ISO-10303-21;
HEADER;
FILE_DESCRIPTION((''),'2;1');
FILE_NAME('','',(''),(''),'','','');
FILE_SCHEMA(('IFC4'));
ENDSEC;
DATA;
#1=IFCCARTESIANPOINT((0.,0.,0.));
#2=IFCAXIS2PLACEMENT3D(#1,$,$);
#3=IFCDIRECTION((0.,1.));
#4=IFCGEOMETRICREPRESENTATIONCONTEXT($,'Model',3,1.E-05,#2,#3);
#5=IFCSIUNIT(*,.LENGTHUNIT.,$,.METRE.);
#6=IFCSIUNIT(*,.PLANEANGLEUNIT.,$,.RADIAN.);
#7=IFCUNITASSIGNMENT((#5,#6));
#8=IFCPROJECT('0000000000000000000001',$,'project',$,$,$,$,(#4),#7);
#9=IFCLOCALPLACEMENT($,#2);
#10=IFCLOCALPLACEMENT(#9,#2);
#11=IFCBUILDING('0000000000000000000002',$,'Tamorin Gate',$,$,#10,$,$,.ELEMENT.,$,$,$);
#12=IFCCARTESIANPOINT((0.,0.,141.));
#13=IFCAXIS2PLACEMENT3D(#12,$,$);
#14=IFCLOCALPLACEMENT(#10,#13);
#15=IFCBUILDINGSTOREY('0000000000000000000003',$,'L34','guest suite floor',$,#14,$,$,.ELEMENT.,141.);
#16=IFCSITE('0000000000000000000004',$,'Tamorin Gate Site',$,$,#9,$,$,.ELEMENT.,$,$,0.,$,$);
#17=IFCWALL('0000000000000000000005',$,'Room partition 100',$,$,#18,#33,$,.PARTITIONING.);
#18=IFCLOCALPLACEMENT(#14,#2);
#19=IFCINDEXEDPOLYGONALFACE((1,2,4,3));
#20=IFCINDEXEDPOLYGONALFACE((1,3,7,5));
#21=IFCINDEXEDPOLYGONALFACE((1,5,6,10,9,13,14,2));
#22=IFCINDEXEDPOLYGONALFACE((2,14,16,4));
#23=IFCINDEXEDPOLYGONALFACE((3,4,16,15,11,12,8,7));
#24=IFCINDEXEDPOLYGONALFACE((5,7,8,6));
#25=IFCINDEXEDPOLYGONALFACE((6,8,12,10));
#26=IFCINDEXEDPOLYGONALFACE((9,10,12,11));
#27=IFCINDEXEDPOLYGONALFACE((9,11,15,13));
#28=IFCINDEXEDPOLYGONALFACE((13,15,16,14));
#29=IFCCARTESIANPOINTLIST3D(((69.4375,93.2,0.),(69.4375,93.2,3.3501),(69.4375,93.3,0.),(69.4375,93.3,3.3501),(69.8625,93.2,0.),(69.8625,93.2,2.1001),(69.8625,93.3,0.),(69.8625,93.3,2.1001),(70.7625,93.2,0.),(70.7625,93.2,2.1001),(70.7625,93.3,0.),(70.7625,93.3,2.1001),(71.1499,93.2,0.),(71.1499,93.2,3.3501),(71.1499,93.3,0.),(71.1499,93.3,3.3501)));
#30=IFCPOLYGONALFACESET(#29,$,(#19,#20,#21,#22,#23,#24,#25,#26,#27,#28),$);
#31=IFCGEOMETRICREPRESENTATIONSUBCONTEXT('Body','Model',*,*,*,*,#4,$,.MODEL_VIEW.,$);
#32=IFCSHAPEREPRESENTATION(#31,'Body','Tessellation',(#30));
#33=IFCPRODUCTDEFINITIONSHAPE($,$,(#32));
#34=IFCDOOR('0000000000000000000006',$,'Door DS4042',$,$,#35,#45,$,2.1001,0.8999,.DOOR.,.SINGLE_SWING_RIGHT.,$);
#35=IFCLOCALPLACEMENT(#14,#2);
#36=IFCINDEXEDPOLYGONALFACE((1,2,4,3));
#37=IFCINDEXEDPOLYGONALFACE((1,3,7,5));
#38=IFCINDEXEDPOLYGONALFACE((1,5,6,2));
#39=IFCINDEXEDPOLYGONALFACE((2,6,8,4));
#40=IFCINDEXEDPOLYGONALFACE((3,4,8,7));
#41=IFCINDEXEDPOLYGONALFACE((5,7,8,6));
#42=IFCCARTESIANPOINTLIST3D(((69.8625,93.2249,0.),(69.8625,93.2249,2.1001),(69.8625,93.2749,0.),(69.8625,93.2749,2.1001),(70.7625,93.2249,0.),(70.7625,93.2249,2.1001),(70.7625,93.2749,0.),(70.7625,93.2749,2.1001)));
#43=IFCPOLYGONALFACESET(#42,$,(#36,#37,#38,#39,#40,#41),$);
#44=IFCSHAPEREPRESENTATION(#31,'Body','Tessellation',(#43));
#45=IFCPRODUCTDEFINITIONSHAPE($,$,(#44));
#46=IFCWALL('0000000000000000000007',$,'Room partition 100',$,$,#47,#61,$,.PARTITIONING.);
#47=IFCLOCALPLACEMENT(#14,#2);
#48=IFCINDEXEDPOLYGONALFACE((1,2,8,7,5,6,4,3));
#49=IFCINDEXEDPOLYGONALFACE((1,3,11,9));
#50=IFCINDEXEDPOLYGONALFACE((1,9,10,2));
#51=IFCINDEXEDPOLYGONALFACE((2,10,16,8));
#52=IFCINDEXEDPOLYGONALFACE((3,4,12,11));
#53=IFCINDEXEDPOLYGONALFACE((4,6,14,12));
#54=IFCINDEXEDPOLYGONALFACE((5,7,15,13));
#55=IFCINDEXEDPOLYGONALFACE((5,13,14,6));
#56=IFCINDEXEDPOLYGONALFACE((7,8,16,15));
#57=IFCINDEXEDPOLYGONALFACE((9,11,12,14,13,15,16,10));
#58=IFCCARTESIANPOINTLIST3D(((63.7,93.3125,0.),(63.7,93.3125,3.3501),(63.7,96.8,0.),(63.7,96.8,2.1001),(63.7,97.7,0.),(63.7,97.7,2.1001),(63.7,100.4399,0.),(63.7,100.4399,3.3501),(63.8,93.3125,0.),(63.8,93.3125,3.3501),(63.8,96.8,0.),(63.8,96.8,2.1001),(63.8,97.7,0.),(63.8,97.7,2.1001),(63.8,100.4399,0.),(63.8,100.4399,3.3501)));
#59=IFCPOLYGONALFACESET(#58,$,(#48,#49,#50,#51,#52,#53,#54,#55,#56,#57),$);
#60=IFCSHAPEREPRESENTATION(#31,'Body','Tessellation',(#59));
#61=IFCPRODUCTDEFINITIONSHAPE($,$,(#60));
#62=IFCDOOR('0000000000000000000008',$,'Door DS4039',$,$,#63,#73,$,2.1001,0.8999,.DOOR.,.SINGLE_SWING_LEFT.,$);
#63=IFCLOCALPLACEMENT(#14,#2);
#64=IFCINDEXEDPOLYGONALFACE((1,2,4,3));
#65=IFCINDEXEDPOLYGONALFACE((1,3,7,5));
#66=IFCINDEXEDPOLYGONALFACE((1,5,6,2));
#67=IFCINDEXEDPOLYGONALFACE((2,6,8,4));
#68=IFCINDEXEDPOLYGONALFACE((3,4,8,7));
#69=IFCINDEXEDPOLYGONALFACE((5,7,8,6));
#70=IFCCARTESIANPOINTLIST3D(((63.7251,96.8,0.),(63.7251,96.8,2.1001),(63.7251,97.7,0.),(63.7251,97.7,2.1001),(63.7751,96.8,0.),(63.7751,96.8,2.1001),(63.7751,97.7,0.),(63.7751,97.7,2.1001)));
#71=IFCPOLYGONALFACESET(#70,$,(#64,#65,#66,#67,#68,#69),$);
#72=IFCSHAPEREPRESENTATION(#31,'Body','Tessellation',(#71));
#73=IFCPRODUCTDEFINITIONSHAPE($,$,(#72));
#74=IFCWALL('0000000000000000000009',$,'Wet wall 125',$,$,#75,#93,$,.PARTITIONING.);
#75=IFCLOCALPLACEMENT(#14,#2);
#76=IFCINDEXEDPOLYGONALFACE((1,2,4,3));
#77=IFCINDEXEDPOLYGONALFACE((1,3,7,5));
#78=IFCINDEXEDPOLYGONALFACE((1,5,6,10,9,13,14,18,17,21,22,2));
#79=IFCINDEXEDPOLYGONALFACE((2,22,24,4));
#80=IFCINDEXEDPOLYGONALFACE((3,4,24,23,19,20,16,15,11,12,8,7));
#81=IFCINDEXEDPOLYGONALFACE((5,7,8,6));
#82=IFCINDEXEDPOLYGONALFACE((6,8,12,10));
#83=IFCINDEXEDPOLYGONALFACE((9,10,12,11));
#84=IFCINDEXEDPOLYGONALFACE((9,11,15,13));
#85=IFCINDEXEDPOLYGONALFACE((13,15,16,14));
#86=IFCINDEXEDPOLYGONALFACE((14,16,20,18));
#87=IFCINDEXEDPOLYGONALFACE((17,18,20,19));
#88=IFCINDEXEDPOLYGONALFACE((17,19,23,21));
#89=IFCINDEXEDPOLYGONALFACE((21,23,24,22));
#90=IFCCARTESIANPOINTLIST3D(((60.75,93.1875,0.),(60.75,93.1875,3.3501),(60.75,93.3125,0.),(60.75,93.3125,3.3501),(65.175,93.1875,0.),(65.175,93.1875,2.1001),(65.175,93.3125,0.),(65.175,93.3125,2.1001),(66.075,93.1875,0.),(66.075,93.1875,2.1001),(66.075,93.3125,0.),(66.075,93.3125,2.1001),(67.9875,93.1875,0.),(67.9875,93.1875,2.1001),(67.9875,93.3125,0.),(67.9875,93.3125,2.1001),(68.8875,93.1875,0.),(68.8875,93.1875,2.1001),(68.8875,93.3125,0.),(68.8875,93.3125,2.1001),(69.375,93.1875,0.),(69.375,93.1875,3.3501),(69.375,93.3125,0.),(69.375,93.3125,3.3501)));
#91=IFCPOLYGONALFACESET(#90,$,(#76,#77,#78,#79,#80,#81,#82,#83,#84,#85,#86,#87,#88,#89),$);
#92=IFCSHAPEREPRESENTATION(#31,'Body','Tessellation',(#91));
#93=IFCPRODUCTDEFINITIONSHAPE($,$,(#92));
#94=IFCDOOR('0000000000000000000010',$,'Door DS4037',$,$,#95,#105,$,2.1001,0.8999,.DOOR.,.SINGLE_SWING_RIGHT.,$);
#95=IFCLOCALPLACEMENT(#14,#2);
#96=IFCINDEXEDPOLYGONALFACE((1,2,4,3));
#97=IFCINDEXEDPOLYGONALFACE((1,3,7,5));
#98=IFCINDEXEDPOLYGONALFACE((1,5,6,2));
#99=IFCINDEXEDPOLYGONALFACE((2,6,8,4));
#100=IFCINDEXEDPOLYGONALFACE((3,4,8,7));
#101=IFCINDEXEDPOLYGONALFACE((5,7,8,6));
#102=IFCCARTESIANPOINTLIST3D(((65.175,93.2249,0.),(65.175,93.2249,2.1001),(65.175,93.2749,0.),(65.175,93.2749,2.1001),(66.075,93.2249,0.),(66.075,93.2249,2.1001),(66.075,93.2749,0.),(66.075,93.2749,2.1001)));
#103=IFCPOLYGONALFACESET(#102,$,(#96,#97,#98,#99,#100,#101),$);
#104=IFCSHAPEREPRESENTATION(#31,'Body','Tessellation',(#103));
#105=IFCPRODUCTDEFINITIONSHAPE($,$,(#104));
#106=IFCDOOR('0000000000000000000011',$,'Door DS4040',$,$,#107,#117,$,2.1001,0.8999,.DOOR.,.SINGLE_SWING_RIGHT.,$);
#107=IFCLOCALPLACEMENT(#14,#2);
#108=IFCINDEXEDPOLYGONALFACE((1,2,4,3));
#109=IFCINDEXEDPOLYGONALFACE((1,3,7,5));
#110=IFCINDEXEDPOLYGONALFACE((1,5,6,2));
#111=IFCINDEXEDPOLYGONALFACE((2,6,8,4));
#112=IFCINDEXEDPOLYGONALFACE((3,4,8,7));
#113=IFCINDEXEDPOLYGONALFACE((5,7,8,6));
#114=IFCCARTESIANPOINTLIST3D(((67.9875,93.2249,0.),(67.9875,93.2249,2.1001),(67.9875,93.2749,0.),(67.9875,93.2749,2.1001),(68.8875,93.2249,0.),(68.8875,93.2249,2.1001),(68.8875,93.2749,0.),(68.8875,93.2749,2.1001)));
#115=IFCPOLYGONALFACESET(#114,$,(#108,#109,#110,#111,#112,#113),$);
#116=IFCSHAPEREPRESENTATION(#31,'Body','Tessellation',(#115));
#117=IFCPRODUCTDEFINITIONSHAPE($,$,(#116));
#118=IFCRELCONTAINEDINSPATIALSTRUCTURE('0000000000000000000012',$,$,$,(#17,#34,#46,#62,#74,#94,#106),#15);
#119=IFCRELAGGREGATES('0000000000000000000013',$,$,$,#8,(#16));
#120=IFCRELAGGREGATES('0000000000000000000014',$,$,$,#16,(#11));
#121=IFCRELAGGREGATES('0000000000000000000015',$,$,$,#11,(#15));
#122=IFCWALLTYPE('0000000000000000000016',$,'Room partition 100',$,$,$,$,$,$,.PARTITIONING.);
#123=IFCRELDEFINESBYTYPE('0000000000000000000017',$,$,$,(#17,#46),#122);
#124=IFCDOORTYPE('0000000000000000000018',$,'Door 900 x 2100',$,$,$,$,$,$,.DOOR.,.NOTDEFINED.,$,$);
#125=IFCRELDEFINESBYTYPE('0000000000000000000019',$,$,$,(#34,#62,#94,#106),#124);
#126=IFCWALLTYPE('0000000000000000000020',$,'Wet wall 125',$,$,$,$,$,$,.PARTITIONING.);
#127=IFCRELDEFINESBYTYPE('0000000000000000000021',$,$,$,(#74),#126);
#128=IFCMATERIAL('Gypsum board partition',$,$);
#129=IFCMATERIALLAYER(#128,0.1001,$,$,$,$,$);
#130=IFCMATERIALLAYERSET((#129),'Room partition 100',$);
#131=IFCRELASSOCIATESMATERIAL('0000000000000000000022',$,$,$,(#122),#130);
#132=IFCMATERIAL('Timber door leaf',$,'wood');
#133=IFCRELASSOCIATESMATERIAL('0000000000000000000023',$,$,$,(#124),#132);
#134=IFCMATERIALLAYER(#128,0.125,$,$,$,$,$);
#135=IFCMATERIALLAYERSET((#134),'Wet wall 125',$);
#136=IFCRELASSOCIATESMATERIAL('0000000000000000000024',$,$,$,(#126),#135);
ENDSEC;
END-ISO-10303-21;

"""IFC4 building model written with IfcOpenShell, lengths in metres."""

from ifc_helpers import new_model, si_unit, direction, frame, frame_2d, origin, place, context, subcontext, project, spatial, rectangle, extrude, material, layer, layer_set, type_object, element, fill, save


model = new_model("IFC4")

# Units and contexts
model_context = context("Model", 3, precision=1e-05, world=origin(), true_north=direction((0.0, 1.0)))
body_context = subcontext(model_context, "Body", "Model", "MODEL_VIEW")
ifc_project = project(units=[si_unit("LENGTHUNIT", "METRE"), si_unit("PLANEANGLEUNIT", "RADIAN")], contexts=[model_context])

# Site, building, storey
site_placement = place(None, origin())
site = spatial("IfcSite", under=ifc_project, at=site_placement, Name="Tamorin Gate Site", CompositionType="ELEMENT", RefElevation=0.0)
building_placement = place(site_placement, origin())
building = spatial("IfcBuilding", under=site, at=building_placement, Name="Tamorin Gate", CompositionType="ELEMENT")
storey_placement = place(building_placement, frame((0.0, 0.0, 141.0)))
storey = spatial("IfcBuildingStorey", under=building, at=storey_placement, Name="L34", Description="guest suite floor", CompositionType="ELEMENT", Elevation=141.0)

# Walls, openings, doors
ifc_material_1 = material(Name="Gypsum board partition")
ifc_layer_1 = layer(ifc_material_1, 0.1001)
ifc_layer_set_1 = layer_set([ifc_layer_1], Name="Room partition 100")
wall_type_1 = type_object("IfcWallType", Name="Room partition 100", PredefinedType="PARTITIONING", material=ifc_layer_set_1)
wall_1_placement = place(storey_placement, frame((69.4375, 93.25, 0.0), z_axis=(0.0, 0.0, 1.0), x_axis=(1.0, 0.0, 0.0)))
wall_1 = element("IfcWall", 1, at=wall_1_placement, inside=storey, type_object=wall_type_1, Name="Room partition 100", PredefinedType="PARTITIONING", context=body_context, shape_type="SweptSolid", body=[
    extrude(rectangle(XDim=1.7124, YDim=0.1001, at=frame_2d((0.8562, 0.0))), origin(), (0.0, 0.0, 1.0), 3.3501),
])
opening_1_placement = place(wall_1_placement, frame((0.425, 0.0, 0.0)))
opening_1 = element("IfcOpeningElement", 2, at=opening_1_placement, cuts=wall_1, PredefinedType="OPENING", context=body_context, shape_type="SweptSolid", body=[
    extrude(rectangle(XDim=0.8999, YDim=2.1001, at=frame_2d((0.45, 1.05))), frame((0.0, 0.0601, 0.0), z_axis=(0.0, -1.0, 0.0), x_axis=(1.0, 0.0, 0.0)), (0.0, 0.0, 1.0), 0.1201),
])
ifc_material_2 = material(Name="Timber door leaf", Category="wood")
door_type = type_object("IfcDoorType", Name="Door 900 x 2100", OperationType="NOTDEFINED", PredefinedType="DOOR", material=ifc_material_2)
door_1_placement = place(opening_1_placement, origin())
door_1 = element("IfcDoor", 3, at=door_1_placement, inside=storey, type_object=door_type, Name="Door DS4042", OperationType="SINGLE_SWING_RIGHT", OverallHeight=2.1001, OverallWidth=0.8999, PredefinedType="DOOR", context=body_context, shape_type="SweptSolid", body=[
    extrude(rectangle(XDim=0.8999, YDim=2.1001, at=frame_2d((0.45, 1.05))), frame((0.0, 0.0249, 0.0), z_axis=(0.0, -1.0, 0.0), x_axis=(1.0, 0.0, 0.0)), (0.0, 0.0, 1.0), 0.05),
])
fill(opening_1, door_1)
wall_2_placement = place(storey_placement, frame((63.75, 93.3125, 0.0), z_axis=(0.0, 0.0, 1.0), x_axis=(0.0, 1.0, 0.0)))
wall_2 = element("IfcWall", 4, at=wall_2_placement, inside=storey, type_object=wall_type_1, Name="Room partition 100", PredefinedType="PARTITIONING", context=body_context, shape_type="SweptSolid", body=[
    extrude(rectangle(XDim=7.1274, YDim=0.1001, at=frame_2d((3.5637, 0.0))), origin(), (0.0, 0.0, 1.0), 3.3501),
])
opening_2_placement = place(wall_2_placement, frame((3.4875, 0.0, 0.0)))
opening_2 = element("IfcOpeningElement", 5, at=opening_2_placement, cuts=wall_2, PredefinedType="OPENING", context=body_context, shape_type="SweptSolid", body=[
    extrude(rectangle(XDim=0.8999, YDim=2.1001, at=frame_2d((0.45, 1.05))), frame((0.0, 0.0601, 0.0), z_axis=(0.0, -1.0, 0.0), x_axis=(1.0, 0.0, 0.0)), (0.0, 0.0, 1.0), 0.1201),
])
door_2_placement = place(opening_2_placement, origin())
door_2 = element("IfcDoor", 6, at=door_2_placement, inside=storey, type_object=door_type, Name="Door DS4039", OperationType="SINGLE_SWING_LEFT", OverallHeight=2.1001, OverallWidth=0.8999, PredefinedType="DOOR", context=body_context, shape_type="SweptSolid", body=[
    extrude(rectangle(XDim=0.8999, YDim=2.1001, at=frame_2d((0.45, 1.05))), frame((0.0, 0.0249, 0.0), z_axis=(0.0, -1.0, 0.0), x_axis=(1.0, 0.0, 0.0)), (0.0, 0.0, 1.0), 0.05),
])
fill(opening_2, door_2)

# Wall, openings, doors
ifc_layer_2 = layer(ifc_material_1, 0.125)
ifc_layer_set_2 = layer_set([ifc_layer_2], Name="Wet wall 125")
wall_type_2 = type_object("IfcWallType", Name="Wet wall 125", PredefinedType="PARTITIONING", material=ifc_layer_set_2)
wall_3_placement = place(storey_placement, frame((60.75, 93.25, 0.0), z_axis=(0.0, 0.0, 1.0), x_axis=(1.0, 0.0, 0.0)))
wall_3 = element("IfcWall", 7, at=wall_3_placement, inside=storey, type_object=wall_type_2, Name="Wet wall 125", PredefinedType="PARTITIONING", context=body_context, shape_type="SweptSolid", body=[
    extrude(rectangle(XDim=8.625, YDim=0.125, at=frame_2d((4.3125, 0.0))), origin(), (0.0, 0.0, 1.0), 3.3501),
])
opening_3_placement = place(wall_3_placement, frame((4.425, 0.0, 0.0)))
opening_3 = element("IfcOpeningElement", 8, at=opening_3_placement, cuts=wall_3, PredefinedType="OPENING", context=body_context, shape_type="SweptSolid", body=[
    extrude(rectangle(XDim=0.8999, YDim=2.1001, at=frame_2d((0.45, 1.05))), frame((0.0, 0.0725, 0.0), z_axis=(0.0, -1.0, 0.0), x_axis=(1.0, 0.0, 0.0)), (0.0, 0.0, 1.0), 0.145),
])
opening_4_placement = place(wall_3_placement, frame((7.2375, 0.0, 0.0)))
opening_4 = element("IfcOpeningElement", 9, at=opening_4_placement, cuts=wall_3, PredefinedType="OPENING", context=body_context, shape_type="SweptSolid", body=[
    extrude(rectangle(XDim=0.8999, YDim=2.1001, at=frame_2d((0.45, 1.05))), frame((0.0, 0.0725, 0.0), z_axis=(0.0, -1.0, 0.0), x_axis=(1.0, 0.0, 0.0)), (0.0, 0.0, 1.0), 0.145),
])
door_3_placement = place(opening_3_placement, origin())
door_3 = element("IfcDoor", 10, at=door_3_placement, inside=storey, type_object=door_type, Name="Door DS4037", OperationType="SINGLE_SWING_RIGHT", OverallHeight=2.1001, OverallWidth=0.8999, PredefinedType="DOOR", context=body_context, shape_type="SweptSolid", body=[
    extrude(rectangle(XDim=0.8999, YDim=2.1001, at=frame_2d((0.45, 1.05))), frame((0.0, 0.0249, 0.0), z_axis=(0.0, -1.0, 0.0), x_axis=(1.0, 0.0, 0.0)), (0.0, 0.0, 1.0), 0.05),
])
fill(opening_3, door_3)
door_4_placement = place(opening_4_placement, origin())
door_4 = element("IfcDoor", 11, at=door_4_placement, inside=storey, type_object=door_type, Name="Door DS4040", OperationType="SINGLE_SWING_RIGHT", OverallHeight=2.1001, OverallWidth=0.8999, PredefinedType="DOOR", context=body_context, shape_type="SweptSolid", body=[
    extrude(rectangle(XDim=0.8999, YDim=2.1001, at=frame_2d((0.45, 1.05))), frame((0.0, 0.0249, 0.0), z_axis=(0.0, -1.0, 0.0), x_axis=(1.0, 0.0, 0.0)), (0.0, 0.0, 1.0), 0.05),
])
fill(opening_4, door_4)

save(model, "model.ifc")
